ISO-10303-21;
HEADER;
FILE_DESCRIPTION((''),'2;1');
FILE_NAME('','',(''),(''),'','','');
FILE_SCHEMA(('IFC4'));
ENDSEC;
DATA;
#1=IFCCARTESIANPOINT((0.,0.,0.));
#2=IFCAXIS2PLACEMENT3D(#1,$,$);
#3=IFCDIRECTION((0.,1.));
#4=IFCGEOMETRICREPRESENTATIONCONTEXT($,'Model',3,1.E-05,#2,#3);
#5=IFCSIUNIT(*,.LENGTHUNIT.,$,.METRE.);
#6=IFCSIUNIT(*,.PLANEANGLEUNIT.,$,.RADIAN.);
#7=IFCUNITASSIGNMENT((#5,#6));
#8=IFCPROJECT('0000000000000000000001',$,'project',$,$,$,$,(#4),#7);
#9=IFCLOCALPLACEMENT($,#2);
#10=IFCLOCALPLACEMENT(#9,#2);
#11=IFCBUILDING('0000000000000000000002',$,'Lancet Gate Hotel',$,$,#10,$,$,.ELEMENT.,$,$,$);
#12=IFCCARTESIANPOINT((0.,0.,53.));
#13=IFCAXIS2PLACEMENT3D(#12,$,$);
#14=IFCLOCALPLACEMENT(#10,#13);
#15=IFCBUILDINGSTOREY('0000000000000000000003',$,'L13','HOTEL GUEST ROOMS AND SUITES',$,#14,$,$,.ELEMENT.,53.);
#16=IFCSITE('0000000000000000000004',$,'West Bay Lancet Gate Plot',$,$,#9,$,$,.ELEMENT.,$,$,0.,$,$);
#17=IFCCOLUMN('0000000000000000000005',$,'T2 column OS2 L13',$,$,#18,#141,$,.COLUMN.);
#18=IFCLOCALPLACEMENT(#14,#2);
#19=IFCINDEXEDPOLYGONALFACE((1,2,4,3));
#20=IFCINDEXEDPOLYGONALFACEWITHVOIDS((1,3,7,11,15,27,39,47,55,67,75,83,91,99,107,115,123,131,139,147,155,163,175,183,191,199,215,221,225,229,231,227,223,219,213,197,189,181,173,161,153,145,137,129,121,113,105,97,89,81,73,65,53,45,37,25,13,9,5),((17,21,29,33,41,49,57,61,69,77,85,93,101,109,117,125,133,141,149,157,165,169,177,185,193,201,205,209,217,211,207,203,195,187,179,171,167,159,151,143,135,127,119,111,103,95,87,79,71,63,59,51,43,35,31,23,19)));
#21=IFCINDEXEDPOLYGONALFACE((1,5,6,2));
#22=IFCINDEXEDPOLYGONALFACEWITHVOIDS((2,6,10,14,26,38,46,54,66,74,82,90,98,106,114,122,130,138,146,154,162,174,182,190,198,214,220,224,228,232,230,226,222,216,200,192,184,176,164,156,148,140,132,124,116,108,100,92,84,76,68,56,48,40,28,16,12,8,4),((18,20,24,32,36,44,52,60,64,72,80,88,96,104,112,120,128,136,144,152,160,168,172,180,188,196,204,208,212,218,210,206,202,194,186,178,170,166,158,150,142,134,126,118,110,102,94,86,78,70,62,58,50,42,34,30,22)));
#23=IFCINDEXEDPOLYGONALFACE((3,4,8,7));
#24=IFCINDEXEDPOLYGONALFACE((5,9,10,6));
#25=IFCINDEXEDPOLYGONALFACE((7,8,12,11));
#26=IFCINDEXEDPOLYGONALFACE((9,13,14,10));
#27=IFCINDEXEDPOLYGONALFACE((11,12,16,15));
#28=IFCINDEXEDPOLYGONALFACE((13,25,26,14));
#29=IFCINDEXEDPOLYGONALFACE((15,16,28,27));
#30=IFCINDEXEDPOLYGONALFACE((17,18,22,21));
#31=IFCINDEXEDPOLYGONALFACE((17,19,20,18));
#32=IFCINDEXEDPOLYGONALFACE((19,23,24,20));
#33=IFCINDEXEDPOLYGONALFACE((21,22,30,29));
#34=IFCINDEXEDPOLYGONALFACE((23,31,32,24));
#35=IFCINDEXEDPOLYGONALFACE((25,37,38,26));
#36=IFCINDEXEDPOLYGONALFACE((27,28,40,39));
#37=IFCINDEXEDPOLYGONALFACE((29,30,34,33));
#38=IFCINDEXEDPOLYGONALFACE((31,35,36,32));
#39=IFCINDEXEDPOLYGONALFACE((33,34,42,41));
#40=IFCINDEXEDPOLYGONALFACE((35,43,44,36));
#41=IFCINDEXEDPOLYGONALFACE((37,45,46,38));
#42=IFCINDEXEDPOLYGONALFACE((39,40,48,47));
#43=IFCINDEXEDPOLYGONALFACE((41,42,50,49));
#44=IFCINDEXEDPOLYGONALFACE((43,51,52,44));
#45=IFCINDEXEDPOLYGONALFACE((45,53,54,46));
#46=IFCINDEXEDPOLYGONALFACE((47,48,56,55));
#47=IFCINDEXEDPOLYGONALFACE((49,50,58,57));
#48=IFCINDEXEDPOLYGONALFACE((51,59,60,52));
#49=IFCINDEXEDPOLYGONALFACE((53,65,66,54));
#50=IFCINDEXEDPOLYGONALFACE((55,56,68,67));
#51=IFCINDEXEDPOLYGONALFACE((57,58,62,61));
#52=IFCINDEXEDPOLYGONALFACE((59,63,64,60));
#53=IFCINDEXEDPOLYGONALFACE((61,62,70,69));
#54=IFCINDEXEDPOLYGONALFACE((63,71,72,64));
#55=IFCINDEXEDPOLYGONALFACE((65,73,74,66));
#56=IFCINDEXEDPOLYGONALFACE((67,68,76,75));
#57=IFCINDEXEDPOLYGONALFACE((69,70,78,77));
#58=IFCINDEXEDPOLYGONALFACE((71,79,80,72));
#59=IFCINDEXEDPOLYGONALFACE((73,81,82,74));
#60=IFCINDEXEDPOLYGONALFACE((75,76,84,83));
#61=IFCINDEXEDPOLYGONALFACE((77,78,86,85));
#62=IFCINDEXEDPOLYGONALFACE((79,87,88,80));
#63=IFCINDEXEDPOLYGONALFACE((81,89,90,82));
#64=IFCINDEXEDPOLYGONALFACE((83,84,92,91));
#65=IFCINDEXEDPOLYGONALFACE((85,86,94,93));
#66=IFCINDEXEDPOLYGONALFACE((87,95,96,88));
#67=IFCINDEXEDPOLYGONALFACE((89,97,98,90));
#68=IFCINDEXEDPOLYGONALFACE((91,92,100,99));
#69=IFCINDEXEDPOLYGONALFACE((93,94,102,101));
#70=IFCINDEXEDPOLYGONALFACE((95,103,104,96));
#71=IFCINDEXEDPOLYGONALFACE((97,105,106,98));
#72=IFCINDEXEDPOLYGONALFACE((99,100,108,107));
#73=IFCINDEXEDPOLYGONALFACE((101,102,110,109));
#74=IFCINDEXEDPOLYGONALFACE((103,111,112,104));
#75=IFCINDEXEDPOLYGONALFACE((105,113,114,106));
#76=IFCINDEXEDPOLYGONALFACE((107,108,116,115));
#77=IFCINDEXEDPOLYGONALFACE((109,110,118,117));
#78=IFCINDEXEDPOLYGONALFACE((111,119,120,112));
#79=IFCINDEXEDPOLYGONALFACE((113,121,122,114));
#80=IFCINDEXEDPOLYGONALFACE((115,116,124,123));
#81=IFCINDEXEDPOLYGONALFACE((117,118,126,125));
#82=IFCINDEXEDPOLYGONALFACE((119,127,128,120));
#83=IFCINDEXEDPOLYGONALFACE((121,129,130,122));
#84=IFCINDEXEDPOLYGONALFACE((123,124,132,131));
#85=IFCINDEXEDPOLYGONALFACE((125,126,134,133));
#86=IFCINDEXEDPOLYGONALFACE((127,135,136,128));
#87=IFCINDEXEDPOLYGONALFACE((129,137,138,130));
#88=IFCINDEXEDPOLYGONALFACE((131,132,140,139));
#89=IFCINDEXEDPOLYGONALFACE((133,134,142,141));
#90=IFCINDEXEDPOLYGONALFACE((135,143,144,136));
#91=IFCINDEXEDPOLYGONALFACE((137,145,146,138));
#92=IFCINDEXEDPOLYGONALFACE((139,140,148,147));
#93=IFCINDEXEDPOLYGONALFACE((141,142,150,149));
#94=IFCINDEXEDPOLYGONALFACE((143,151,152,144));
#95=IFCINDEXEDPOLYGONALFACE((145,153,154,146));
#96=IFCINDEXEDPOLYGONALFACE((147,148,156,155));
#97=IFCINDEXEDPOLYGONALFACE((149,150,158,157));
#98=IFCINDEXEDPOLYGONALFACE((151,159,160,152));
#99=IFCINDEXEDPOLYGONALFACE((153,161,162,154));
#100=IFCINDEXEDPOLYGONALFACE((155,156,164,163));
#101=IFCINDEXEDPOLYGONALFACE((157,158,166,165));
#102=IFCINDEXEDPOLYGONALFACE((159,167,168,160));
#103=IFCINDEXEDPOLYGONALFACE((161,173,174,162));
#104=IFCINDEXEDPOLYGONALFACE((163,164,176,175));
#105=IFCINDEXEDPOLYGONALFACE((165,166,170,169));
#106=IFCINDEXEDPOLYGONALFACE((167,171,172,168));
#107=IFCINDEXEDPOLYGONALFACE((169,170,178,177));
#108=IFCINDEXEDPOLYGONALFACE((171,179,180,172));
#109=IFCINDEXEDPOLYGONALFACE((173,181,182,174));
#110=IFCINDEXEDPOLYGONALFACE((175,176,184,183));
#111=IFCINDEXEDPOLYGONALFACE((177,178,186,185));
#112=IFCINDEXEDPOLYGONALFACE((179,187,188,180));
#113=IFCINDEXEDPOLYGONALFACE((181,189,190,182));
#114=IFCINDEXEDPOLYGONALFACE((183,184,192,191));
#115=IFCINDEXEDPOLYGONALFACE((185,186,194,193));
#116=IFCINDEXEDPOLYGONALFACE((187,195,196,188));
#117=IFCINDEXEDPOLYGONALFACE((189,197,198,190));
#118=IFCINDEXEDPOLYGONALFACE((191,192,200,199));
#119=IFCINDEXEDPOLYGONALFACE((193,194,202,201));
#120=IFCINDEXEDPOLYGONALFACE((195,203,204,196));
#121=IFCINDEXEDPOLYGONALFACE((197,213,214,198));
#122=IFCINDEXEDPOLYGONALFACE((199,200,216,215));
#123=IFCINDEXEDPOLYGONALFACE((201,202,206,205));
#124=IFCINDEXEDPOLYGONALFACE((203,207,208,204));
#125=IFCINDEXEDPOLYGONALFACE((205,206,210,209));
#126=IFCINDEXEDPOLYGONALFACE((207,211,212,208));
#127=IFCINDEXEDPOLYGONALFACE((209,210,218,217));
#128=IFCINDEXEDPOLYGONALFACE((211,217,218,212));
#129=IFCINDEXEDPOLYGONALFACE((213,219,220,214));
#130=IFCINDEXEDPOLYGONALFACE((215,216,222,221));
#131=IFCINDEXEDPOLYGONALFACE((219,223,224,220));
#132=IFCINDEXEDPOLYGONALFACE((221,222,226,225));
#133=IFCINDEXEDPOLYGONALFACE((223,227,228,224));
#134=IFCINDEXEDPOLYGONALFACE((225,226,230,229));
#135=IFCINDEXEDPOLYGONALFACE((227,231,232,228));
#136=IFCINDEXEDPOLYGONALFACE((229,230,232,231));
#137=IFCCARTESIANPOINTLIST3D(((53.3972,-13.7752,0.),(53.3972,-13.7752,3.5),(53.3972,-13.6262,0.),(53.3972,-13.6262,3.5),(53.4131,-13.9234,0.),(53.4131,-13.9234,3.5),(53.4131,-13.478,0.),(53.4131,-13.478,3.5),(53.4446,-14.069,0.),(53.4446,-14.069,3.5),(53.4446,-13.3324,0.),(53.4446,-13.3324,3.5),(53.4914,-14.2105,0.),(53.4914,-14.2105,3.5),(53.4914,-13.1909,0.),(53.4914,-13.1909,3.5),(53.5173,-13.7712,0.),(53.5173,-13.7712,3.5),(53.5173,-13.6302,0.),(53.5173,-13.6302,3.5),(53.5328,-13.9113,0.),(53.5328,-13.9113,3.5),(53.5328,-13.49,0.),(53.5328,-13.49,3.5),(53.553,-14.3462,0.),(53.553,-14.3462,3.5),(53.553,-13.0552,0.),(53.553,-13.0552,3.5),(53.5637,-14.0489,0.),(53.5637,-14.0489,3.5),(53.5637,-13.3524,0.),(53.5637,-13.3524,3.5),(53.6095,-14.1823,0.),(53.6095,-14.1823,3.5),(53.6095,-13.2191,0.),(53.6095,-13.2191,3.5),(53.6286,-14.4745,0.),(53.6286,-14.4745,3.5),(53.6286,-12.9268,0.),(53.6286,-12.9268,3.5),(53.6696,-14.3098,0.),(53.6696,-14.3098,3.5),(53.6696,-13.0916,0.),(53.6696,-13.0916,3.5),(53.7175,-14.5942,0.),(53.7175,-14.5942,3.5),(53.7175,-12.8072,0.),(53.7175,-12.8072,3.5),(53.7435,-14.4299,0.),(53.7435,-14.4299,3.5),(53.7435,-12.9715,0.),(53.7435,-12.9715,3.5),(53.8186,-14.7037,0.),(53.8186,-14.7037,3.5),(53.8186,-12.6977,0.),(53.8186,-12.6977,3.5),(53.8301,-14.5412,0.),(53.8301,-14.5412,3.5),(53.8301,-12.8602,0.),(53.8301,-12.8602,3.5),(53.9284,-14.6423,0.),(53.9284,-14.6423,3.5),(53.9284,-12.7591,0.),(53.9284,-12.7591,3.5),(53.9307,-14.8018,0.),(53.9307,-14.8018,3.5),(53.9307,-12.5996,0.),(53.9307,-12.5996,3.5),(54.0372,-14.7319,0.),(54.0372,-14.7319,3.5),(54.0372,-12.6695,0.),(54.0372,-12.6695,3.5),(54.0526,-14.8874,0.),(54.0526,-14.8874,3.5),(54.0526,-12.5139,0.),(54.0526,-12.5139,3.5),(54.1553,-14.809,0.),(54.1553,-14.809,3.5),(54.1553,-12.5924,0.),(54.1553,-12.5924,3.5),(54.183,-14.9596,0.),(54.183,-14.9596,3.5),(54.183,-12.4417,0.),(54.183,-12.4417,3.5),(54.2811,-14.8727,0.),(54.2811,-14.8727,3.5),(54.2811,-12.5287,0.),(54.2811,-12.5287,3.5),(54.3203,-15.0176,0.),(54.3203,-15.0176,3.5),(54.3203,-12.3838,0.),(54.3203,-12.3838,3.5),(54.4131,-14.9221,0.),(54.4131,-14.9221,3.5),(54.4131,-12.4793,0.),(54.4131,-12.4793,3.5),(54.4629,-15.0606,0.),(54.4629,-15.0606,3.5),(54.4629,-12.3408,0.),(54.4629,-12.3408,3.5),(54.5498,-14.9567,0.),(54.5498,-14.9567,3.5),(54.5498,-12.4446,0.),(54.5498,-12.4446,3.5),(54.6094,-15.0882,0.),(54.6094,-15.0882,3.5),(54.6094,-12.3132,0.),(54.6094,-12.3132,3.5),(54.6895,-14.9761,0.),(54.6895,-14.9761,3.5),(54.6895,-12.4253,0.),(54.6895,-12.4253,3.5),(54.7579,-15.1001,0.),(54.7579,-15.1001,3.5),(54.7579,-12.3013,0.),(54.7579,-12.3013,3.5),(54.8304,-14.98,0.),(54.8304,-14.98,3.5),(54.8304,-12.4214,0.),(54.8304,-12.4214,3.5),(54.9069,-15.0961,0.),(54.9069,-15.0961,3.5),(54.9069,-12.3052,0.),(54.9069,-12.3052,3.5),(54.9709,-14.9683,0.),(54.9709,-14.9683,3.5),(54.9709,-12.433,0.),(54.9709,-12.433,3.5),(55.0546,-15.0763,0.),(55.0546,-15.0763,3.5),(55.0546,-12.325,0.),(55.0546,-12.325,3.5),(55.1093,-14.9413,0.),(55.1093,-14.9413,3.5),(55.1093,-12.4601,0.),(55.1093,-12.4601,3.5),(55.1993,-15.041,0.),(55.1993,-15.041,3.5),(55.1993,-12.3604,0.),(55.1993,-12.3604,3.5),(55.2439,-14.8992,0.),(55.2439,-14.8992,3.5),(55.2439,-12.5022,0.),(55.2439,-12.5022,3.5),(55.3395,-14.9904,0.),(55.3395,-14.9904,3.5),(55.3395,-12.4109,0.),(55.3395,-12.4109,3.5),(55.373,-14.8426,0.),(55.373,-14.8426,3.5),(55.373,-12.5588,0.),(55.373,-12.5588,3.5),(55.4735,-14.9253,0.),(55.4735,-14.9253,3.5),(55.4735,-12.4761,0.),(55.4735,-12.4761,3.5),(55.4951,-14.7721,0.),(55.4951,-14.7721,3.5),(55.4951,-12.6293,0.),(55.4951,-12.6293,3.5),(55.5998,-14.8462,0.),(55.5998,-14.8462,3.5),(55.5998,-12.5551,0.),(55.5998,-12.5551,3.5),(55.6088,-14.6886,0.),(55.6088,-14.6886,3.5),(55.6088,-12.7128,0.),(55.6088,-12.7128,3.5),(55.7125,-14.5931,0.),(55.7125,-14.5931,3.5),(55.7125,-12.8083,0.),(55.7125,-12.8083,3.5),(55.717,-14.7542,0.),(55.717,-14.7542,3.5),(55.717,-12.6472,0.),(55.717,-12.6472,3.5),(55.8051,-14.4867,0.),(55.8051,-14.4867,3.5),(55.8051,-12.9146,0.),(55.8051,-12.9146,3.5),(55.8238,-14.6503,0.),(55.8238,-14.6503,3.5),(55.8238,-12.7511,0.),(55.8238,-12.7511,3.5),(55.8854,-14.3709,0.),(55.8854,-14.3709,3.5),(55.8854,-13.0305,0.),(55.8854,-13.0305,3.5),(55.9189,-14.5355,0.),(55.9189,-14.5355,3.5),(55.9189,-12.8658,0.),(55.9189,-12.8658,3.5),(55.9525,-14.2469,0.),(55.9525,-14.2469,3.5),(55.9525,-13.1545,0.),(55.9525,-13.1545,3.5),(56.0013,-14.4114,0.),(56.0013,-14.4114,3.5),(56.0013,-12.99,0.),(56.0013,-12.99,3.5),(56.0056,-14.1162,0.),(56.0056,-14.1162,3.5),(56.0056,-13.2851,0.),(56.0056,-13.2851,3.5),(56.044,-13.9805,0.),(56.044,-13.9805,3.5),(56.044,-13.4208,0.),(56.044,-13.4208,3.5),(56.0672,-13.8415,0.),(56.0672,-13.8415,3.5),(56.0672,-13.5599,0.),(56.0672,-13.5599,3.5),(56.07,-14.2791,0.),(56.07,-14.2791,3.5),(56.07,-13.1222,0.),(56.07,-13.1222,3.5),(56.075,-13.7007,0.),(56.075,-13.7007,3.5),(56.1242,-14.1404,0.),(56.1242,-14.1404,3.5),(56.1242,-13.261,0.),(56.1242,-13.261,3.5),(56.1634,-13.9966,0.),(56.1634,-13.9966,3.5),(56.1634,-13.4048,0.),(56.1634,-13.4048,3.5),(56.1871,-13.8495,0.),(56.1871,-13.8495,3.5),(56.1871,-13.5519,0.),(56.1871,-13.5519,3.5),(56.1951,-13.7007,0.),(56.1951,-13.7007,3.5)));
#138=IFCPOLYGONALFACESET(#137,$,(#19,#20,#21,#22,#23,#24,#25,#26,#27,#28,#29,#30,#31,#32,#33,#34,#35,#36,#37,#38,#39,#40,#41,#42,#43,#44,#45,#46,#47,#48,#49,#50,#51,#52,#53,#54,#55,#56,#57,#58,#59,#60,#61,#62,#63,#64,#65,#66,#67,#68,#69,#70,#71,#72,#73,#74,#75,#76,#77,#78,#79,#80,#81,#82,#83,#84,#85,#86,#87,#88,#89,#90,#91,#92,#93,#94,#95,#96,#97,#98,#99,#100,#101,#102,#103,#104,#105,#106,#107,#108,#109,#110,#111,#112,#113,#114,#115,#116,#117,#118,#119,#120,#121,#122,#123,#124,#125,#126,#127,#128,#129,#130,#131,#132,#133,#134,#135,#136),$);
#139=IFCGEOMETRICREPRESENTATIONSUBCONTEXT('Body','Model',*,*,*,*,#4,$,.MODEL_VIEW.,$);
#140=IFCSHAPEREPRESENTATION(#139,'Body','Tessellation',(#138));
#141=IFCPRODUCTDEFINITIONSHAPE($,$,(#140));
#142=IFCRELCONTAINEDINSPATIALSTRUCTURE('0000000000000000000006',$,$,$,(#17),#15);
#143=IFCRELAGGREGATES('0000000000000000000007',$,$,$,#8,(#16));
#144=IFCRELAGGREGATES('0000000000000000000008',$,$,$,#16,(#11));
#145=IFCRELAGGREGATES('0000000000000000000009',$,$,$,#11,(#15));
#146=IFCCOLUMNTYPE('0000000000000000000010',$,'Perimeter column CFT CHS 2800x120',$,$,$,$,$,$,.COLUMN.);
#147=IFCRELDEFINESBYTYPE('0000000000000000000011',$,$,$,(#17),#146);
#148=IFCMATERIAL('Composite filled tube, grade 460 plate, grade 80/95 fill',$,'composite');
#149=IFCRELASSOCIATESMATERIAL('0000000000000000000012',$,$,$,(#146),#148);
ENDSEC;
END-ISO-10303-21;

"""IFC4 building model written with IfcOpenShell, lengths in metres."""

from ifc_helpers import new_model, si_unit, direction, frame, origin, origin_2d, place, context, subcontext, project, spatial, hollow_circle, extrude, material, material_profile, profile_set, type_object, element, save


model = new_model("IFC4")

# Units and contexts
model_context = context("Model", 3, precision=1e-05, world=origin(), true_north=direction((0.0, 1.0)))
body_context = subcontext(model_context, "Body", "Model", "MODEL_VIEW")
ifc_project = project(units=[si_unit("LENGTHUNIT", "METRE"), si_unit("PLANEANGLEUNIT", "RADIAN")], contexts=[model_context])

# Site, building, storey
site_placement = place(None, origin())
site = spatial("IfcSite", under=ifc_project, at=site_placement, Name="West Bay Lancet Gate Plot", CompositionType="ELEMENT", RefElevation=0.0)
building_placement = place(site_placement, origin())
building = spatial("IfcBuilding", under=site, at=building_placement, Name="Lancet Gate Hotel", CompositionType="ELEMENT")
storey_placement = place(building_placement, frame((0.0, 0.0, 53.0)))
storey = spatial("IfcBuildingStorey", under=building, at=storey_placement, Name="L13", Description="HOTEL GUEST ROOMS AND SUITES", CompositionType="ELEMENT", Elevation=53.0)

# Column
ifc_material_1 = material(Name="Composite filled tube, grade 460 plate, grade 80/95 fill", Category="composite")
ifc_material_profile_1 = material_profile(ifc_material_1, hollow_circle(Radius=1.3999, WallThickness=0.1201, at=origin_2d()), Name="CHS 2800x120")
ifc_profile_set_1 = profile_set([ifc_material_profile_1], Name="Composite filled tube, grade 460 plate, grade 80/95 fill")
column_type_1 = type_object("IfcColumnType", Name="Perimeter column CFT CHS 2800x120", PredefinedType="COLUMN", material=ifc_profile_set_1)
for number, where, z_axis, x_axis, name in (
    (1, (54.7952, -13.7007, 0.0), (0.0, 0.0, 1.0), (1.0, 0.0, 0.0), "T2 column OS2 L13"),
):
    element("IfcColumn", number, at=place(storey_placement, frame(where, z_axis=z_axis, x_axis=x_axis)), inside=storey, type_object=column_type_1, Name=name, PredefinedType="COLUMN", context=body_context, shape_type="SweptSolid", body=[
        extrude(hollow_circle(Radius=1.3999, WallThickness=0.1201, at=origin_2d()), origin(), (0.0, 0.0, 1.0), 3.5),
    ])

save(model, "model.ifc")
